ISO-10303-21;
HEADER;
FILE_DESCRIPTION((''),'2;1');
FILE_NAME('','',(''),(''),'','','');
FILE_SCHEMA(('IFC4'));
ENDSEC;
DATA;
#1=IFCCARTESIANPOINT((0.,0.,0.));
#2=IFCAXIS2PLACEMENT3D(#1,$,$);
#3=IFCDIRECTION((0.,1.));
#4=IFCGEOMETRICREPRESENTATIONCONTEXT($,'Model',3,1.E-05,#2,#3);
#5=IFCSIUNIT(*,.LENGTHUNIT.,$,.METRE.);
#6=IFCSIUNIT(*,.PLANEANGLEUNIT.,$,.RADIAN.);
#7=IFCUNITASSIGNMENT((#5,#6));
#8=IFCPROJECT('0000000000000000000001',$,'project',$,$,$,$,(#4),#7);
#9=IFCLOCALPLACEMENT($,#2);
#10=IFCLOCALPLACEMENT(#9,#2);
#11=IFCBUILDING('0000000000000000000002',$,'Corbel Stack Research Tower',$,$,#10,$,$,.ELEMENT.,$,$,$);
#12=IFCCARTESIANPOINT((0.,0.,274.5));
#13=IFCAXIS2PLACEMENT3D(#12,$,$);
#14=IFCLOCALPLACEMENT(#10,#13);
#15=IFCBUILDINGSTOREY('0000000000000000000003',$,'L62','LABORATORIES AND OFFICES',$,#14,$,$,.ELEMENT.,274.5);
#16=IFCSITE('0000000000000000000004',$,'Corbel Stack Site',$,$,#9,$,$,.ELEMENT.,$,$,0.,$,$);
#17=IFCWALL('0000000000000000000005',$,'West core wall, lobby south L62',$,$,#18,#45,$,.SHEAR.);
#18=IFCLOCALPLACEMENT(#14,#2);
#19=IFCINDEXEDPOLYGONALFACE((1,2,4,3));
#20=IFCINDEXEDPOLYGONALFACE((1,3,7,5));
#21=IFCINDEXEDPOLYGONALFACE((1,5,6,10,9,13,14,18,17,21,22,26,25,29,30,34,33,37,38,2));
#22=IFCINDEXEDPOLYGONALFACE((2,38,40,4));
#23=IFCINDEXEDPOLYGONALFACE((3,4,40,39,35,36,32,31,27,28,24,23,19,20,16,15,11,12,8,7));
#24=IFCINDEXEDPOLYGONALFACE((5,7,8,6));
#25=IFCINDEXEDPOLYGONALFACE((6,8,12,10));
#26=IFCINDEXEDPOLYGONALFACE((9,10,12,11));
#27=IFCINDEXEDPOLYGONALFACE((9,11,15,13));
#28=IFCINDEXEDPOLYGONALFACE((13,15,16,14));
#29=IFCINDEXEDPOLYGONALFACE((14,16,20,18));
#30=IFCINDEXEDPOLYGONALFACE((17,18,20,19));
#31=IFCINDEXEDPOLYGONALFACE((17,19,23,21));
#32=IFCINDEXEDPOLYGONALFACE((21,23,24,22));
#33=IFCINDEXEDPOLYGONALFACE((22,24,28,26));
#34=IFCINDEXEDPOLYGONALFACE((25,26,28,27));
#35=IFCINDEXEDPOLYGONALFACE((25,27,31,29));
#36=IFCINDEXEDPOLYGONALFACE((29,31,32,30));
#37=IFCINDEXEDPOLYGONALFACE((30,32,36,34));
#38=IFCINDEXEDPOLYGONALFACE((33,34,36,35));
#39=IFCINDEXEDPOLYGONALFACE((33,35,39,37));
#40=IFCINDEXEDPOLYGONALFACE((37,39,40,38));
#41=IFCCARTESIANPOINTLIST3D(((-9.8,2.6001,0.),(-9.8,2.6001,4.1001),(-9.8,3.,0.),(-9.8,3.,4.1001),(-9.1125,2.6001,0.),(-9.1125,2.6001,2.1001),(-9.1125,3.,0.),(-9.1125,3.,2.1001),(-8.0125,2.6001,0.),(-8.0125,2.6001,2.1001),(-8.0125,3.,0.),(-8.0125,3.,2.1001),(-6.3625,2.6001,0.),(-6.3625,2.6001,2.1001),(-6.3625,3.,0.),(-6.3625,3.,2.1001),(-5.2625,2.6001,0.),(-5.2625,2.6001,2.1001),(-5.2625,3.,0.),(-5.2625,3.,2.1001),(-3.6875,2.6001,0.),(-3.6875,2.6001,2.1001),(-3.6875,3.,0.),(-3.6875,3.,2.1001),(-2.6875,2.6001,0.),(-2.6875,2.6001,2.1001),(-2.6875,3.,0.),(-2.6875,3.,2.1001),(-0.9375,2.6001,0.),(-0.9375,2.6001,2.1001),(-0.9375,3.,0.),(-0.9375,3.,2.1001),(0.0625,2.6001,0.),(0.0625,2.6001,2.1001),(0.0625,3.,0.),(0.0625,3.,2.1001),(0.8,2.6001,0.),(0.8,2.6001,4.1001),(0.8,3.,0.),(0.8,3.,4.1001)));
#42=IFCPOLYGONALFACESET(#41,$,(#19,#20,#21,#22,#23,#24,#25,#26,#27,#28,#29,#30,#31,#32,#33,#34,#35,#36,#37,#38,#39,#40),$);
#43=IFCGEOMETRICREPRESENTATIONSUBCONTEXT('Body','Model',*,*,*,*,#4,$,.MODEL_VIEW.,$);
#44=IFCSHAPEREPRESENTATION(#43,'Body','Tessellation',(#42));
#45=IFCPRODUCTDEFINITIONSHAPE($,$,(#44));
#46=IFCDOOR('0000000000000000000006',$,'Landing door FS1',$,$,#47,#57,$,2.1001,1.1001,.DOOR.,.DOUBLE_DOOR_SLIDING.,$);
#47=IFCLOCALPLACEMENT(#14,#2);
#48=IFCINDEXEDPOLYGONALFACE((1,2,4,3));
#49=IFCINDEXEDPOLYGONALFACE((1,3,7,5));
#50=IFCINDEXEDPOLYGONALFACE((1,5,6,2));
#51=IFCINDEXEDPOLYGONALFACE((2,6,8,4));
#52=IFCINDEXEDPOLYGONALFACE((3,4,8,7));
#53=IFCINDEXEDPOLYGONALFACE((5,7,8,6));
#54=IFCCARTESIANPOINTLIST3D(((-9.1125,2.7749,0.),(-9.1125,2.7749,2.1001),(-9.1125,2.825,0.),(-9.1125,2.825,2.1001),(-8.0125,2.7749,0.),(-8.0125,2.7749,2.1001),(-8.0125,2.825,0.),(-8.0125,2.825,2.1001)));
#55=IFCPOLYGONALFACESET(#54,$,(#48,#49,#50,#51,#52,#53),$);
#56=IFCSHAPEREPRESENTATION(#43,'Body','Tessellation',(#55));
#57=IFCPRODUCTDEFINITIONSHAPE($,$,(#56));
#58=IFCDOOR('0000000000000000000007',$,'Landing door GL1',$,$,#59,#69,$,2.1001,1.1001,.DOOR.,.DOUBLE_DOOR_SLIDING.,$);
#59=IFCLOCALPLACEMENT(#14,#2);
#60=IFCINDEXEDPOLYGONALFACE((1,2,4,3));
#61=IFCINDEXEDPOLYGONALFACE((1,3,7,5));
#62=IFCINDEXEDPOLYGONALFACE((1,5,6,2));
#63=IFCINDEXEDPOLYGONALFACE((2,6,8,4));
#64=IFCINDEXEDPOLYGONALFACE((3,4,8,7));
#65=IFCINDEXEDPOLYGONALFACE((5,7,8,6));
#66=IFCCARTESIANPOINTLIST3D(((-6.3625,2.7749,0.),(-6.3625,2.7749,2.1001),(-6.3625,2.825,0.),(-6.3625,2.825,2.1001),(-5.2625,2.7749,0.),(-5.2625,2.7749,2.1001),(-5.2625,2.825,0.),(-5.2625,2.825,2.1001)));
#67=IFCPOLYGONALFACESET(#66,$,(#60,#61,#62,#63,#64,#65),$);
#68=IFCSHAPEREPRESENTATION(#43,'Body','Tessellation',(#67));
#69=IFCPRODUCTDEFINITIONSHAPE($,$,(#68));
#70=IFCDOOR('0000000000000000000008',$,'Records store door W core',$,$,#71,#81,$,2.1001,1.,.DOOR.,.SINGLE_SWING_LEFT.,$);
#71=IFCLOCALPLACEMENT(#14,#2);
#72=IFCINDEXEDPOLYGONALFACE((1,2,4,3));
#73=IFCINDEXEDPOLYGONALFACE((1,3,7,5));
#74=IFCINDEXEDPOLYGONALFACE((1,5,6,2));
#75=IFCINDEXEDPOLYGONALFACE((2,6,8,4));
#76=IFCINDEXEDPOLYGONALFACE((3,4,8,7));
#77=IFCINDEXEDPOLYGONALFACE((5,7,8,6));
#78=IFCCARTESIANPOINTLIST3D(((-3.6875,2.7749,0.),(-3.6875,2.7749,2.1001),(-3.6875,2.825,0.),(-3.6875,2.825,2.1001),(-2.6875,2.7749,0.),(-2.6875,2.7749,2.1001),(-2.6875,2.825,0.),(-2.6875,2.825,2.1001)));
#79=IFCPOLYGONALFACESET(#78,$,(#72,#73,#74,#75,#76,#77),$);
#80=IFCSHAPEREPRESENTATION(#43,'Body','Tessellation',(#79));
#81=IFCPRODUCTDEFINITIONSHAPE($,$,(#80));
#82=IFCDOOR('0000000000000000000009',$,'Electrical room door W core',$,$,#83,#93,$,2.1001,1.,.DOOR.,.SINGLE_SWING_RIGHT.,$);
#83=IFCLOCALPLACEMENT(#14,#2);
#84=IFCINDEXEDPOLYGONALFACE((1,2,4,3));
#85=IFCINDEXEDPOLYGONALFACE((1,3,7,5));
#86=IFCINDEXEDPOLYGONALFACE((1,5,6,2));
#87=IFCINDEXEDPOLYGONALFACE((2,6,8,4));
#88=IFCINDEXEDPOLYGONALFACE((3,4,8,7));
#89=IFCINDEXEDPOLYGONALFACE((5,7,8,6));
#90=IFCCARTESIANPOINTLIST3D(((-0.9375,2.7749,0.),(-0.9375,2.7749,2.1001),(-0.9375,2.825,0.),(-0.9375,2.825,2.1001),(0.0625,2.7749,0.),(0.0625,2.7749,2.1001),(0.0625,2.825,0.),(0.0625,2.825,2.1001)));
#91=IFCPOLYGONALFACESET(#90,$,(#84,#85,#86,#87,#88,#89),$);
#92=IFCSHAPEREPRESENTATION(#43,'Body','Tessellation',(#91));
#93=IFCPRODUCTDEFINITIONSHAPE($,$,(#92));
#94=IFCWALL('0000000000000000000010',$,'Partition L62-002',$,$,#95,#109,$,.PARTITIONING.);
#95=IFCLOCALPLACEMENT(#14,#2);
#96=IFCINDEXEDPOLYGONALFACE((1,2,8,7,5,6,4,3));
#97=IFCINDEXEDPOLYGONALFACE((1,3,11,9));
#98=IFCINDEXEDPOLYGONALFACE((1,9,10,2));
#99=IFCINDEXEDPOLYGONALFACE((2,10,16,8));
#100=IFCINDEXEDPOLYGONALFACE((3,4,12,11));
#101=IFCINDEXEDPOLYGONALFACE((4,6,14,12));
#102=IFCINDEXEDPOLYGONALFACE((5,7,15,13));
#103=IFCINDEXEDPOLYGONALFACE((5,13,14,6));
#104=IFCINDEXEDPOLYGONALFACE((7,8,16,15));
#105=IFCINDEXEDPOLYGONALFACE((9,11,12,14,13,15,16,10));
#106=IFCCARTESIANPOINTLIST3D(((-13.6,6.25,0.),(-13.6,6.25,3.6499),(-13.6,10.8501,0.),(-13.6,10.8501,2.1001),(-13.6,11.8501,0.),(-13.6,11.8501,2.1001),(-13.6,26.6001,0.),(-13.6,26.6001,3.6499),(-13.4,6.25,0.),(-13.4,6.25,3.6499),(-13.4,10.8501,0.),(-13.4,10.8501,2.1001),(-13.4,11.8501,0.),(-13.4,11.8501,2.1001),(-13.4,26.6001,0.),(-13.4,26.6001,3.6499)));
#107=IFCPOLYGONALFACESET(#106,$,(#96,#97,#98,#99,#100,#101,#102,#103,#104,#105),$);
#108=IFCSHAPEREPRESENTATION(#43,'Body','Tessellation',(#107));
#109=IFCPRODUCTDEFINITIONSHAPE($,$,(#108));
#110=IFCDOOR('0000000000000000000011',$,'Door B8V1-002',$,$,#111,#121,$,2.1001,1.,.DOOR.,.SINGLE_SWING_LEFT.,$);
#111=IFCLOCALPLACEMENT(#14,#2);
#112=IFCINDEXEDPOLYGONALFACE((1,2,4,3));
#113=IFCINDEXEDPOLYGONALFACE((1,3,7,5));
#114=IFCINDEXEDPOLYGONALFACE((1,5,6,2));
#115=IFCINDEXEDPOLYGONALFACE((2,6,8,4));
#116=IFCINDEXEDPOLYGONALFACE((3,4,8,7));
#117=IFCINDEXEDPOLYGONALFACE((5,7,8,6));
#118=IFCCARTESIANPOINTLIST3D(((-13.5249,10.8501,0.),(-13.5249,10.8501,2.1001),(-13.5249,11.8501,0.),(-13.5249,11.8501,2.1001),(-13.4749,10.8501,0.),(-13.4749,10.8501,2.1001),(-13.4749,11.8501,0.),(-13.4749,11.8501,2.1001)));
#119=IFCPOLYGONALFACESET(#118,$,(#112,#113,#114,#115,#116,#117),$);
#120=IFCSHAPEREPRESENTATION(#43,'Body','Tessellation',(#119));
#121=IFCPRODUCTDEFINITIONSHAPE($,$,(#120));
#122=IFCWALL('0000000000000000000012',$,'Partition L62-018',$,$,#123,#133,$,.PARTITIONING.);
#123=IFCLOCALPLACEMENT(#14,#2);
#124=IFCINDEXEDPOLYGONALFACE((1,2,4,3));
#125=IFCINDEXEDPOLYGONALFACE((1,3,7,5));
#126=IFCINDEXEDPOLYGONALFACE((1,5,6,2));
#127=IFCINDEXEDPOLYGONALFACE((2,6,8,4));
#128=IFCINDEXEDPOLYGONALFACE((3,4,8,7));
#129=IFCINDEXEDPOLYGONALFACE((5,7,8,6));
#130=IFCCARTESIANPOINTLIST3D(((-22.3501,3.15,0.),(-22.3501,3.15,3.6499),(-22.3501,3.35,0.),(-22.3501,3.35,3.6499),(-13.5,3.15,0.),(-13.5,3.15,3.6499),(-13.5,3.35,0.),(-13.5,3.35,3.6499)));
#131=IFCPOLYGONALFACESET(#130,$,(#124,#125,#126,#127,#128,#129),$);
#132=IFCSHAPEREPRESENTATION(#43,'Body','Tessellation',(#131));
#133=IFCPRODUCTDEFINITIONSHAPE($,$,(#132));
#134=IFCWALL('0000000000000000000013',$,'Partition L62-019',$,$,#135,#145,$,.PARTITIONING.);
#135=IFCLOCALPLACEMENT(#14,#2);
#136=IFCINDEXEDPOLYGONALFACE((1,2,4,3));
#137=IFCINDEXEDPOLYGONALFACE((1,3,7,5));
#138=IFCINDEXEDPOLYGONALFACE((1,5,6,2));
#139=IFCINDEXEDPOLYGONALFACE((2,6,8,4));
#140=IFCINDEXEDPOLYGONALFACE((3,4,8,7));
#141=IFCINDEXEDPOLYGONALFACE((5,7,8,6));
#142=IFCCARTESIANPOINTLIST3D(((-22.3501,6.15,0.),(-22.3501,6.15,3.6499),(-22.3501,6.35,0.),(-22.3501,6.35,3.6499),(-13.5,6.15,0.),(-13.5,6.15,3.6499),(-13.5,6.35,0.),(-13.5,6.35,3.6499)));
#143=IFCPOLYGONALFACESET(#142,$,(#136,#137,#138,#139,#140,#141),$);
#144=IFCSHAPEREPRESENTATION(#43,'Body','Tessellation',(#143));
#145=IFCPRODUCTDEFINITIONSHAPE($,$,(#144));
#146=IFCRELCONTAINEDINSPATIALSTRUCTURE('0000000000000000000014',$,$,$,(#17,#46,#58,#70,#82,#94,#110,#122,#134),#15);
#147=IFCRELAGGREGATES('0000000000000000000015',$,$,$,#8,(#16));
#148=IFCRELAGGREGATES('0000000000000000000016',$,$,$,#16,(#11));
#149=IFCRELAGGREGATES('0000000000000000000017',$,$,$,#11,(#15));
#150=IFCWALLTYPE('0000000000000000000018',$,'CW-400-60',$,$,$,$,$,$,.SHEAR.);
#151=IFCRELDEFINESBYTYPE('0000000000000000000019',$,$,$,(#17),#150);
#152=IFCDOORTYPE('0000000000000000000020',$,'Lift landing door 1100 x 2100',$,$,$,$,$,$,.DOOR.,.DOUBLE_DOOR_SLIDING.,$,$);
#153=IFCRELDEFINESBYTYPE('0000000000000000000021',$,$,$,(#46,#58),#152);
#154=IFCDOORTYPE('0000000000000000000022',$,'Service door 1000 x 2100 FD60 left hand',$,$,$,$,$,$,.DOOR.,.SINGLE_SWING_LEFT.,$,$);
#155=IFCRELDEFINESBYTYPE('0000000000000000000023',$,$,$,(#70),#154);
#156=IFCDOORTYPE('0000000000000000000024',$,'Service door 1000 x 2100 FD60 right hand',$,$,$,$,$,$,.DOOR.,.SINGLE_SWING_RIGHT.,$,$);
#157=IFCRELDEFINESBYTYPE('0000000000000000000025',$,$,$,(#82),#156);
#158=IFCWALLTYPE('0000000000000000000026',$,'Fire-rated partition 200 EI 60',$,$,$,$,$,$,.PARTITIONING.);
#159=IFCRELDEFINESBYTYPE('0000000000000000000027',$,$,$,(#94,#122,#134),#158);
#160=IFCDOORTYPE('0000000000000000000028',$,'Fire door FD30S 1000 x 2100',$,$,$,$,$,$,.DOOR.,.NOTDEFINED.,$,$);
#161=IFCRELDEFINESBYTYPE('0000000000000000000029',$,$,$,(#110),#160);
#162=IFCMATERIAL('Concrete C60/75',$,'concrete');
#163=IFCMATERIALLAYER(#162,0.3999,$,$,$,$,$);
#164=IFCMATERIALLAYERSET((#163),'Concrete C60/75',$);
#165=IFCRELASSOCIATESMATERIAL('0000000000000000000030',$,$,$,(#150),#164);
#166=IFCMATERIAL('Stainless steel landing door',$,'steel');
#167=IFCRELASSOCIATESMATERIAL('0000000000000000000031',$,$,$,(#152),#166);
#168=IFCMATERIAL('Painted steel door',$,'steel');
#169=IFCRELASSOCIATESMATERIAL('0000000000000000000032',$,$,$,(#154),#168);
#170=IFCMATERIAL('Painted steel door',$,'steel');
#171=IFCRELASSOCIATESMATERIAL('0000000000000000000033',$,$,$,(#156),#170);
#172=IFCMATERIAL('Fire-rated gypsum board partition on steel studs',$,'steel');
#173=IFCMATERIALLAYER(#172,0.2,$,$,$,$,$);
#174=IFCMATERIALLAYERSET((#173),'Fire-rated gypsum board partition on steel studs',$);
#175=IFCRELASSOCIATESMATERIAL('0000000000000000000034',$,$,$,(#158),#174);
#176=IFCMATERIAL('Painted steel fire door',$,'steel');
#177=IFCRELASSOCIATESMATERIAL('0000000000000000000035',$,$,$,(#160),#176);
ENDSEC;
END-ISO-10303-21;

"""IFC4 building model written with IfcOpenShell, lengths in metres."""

from ifc_helpers import new_model, si_unit, direction, frame, frame_2d, origin, place, context, subcontext, project, spatial, rectangle, extrude, material, layer, layer_set, type_object, element, fill, save


model = new_model("IFC4")

# Units and contexts
model_context = context("Model", 3, precision=1e-05, world=origin(), true_north=direction((0.0, 1.0)))
body_context = subcontext(model_context, "Body", "Model", "MODEL_VIEW")
ifc_project = project(units=[si_unit("LENGTHUNIT", "METRE"), si_unit("PLANEANGLEUNIT", "RADIAN")], contexts=[model_context])

# Site, building, storey
site_placement = place(None, origin())
site = spatial("IfcSite", under=ifc_project, at=site_placement, Name="Corbel Stack Site", CompositionType="ELEMENT", RefElevation=0.0)
building_placement = place(site_placement, origin())
building = spatial("IfcBuilding", under=site, at=building_placement, Name="Corbel Stack Research Tower", CompositionType="ELEMENT")
storey_placement = place(building_placement, frame((0.0, 0.0, 274.5)))
storey = spatial("IfcBuildingStorey", under=building, at=storey_placement, Name="L62", Description="LABORATORIES AND OFFICES", CompositionType="ELEMENT", Elevation=274.5)

# Wall, openings, doors
ifc_material_1 = material(Name="Concrete C60/75", Category="concrete")
ifc_layer_1 = layer(ifc_material_1, 0.3999)
ifc_layer_set_1 = layer_set([ifc_layer_1], Name="Concrete C60/75")
wall_type_1 = type_object("IfcWallType", Name="CW-400-60", PredefinedType="SHEAR", material=ifc_layer_set_1)
wall_1_placement = place(storey_placement, frame((-9.8, 2.8, 0.0), z_axis=(0.0, 0.0, 1.0), x_axis=(1.0, 0.0, 0.0)))
wall_1 = element("IfcWall", 1, at=wall_1_placement, inside=storey, type_object=wall_type_1, Name="West core wall, lobby south L62", PredefinedType="SHEAR", context=body_context, shape_type="SweptSolid", body=[
    extrude(rectangle(XDim=10.6001, YDim=0.3999, at=frame_2d((5.3, 0.0))), origin(), (0.0, 0.0, 1.0), 4.1001),
])
opening_1_placement = place(wall_1_placement, frame((0.6875, 0.0, 0.0)))
opening_1 = element("IfcOpeningElement", 2, at=opening_1_placement, cuts=wall_1, PredefinedType="OPENING", context=body_context, shape_type="SweptSolid", body=[
    extrude(rectangle(XDim=1.1001, YDim=2.1001, at=frame_2d((0.55, 1.05))), frame((0.0, 0.21, 0.0), z_axis=(0.0, -1.0, 0.0), x_axis=(1.0, 0.0, 0.0)), (0.0, 0.0, 1.0), 0.4199),
])
opening_2_placement = place(wall_1_placement, frame((3.4375, 0.0, 0.0)))
opening_2 = element("IfcOpeningElement", 3, at=opening_2_placement, cuts=wall_1, PredefinedType="OPENING", context=body_context, shape_type="SweptSolid", body=[
    extrude(rectangle(XDim=1.1001, YDim=2.1001, at=frame_2d((0.55, 1.05))), frame((0.0, 0.21, 0.0), z_axis=(0.0, -1.0, 0.0), x_axis=(1.0, 0.0, 0.0)), (0.0, 0.0, 1.0), 0.4199),
])
opening_3_placement = place(wall_1_placement, frame((6.1125, 0.0, 0.0)))
opening_3 = element("IfcOpeningElement", 4, at=opening_3_placement, cuts=wall_1, PredefinedType="OPENING", context=body_context, shape_type="SweptSolid", body=[
    extrude(rectangle(XDim=1.0, YDim=2.1001, at=frame_2d((0.5, 1.05))), frame((0.0, 0.21, 0.0), z_axis=(0.0, -1.0, 0.0), x_axis=(1.0, 0.0, 0.0)), (0.0, 0.0, 1.0), 0.4199),
])
opening_4_placement = place(wall_1_placement, frame((8.8625, 0.0, 0.0)))
opening_4 = element("IfcOpeningElement", 5, at=opening_4_placement, cuts=wall_1, PredefinedType="OPENING", context=body_context, shape_type="SweptSolid", body=[
    extrude(rectangle(XDim=1.0, YDim=2.1001, at=frame_2d((0.5, 1.05))), frame((0.0, 0.21, 0.0), z_axis=(0.0, -1.0, 0.0), x_axis=(1.0, 0.0, 0.0)), (0.0, 0.0, 1.0), 0.4199),
])
ifc_material_2 = material(Name="Stainless steel landing door", Category="steel")
door_type_1 = type_object("IfcDoorType", Name="Lift landing door 1100 x 2100", OperationType="DOUBLE_DOOR_SLIDING", PredefinedType="DOOR", material=ifc_material_2)
door_1_placement = place(opening_1_placement, origin())
door_1 = element("IfcDoor", 6, at=door_1_placement, inside=storey, type_object=door_type_1, Name="Landing door FS1", OperationType="DOUBLE_DOOR_SLIDING", OverallHeight=2.1001, OverallWidth=1.1001, PredefinedType="DOOR", context=body_context, shape_type="SweptSolid", body=[
    extrude(rectangle(XDim=1.1001, YDim=2.1001, at=frame_2d((0.55, 1.05))), frame((0.0, 0.0249, 0.0), z_axis=(0.0, -1.0, 0.0), x_axis=(1.0, 0.0, 0.0)), (0.0, 0.0, 1.0), 0.05),
])
fill(opening_1, door_1)
door_2_placement = place(opening_2_placement, origin())
door_2 = element("IfcDoor", 7, at=door_2_placement, inside=storey, type_object=door_type_1, Name="Landing door GL1", OperationType="DOUBLE_DOOR_SLIDING", OverallHeight=2.1001, OverallWidth=1.1001, PredefinedType="DOOR", context=body_context, shape_type="SweptSolid", body=[
    extrude(rectangle(XDim=1.1001, YDim=2.1001, at=frame_2d((0.55, 1.05))), frame((0.0, 0.0249, 0.0), z_axis=(0.0, -1.0, 0.0), x_axis=(1.0, 0.0, 0.0)), (0.0, 0.0, 1.0), 0.05),
])
fill(opening_2, door_2)
ifc_material_3 = material(Name="Painted steel door", Category="steel")
door_type_2 = type_object("IfcDoorType", Name="Service door 1000 x 2100 FD60 left hand", OperationType="SINGLE_SWING_LEFT", PredefinedType="DOOR", material=ifc_material_3)
door_3_placement = place(opening_3_placement, origin())
door_3 = element("IfcDoor", 8, at=door_3_placement, inside=storey, type_object=door_type_2, Name="Records store door W core", OperationType="SINGLE_SWING_LEFT", OverallHeight=2.1001, OverallWidth=1.0, PredefinedType="DOOR", context=body_context, shape_type="SweptSolid", body=[
    extrude(rectangle(XDim=1.0, YDim=2.1001, at=frame_2d((0.5, 1.05))), frame((0.0, 0.0249, 0.0), z_axis=(0.0, -1.0, 0.0), x_axis=(1.0, 0.0, 0.0)), (0.0, 0.0, 1.0), 0.05),
])
fill(opening_3, door_3)
ifc_material_4 = material(Name="Painted steel door", Category="steel")
door_type_3 = type_object("IfcDoorType", Name="Service door 1000 x 2100 FD60 right hand", OperationType="SINGLE_SWING_RIGHT", PredefinedType="DOOR", material=ifc_material_4)
door_4_placement = place(opening_4_placement, origin())
door_4 = element("IfcDoor", 9, at=door_4_placement, inside=storey, type_object=door_type_3, Name="Electrical room door W core", OperationType="SINGLE_SWING_RIGHT", OverallHeight=2.1001, OverallWidth=1.0, PredefinedType="DOOR", context=body_context, shape_type="SweptSolid", body=[
    extrude(rectangle(XDim=1.0, YDim=2.1001, at=frame_2d((0.5, 1.05))), frame((0.0, 0.0249, 0.0), z_axis=(0.0, -1.0, 0.0), x_axis=(1.0, 0.0, 0.0)), (0.0, 0.0, 1.0), 0.05),
])
fill(opening_4, door_4)

# Wall, opening, door
ifc_material_5 = material(Name="Fire-rated gypsum board partition on steel studs", Category="steel")
ifc_layer_2 = layer(ifc_material_5, 0.2)
ifc_layer_set_2 = layer_set([ifc_layer_2], Name="Fire-rated gypsum board partition on steel studs")
wall_type_2 = type_object("IfcWallType", Name="Fire-rated partition 200 EI 60", PredefinedType="PARTITIONING", material=ifc_layer_set_2)
wall_2_placement = place(storey_placement, frame((-13.5, 6.25, 0.0), z_axis=(0.0, 0.0, 1.0), x_axis=(0.0, 1.0, 0.0)))
wall_2 = element("IfcWall", 10, at=wall_2_placement, inside=storey, type_object=wall_type_2, Name="Partition L62-002", PredefinedType="PARTITIONING", context=body_context, shape_type="SweptSolid", body=[
    extrude(rectangle(XDim=20.3501, YDim=0.2, at=frame_2d((10.175, 0.0))), origin(), (0.0, 0.0, 1.0), 3.6499),
])
opening_5_placement = place(wall_2_placement, frame((4.6001, 0.0, 0.0)))
opening_5 = element("IfcOpeningElement", 11, at=opening_5_placement, cuts=wall_2, PredefinedType="OPENING", context=body_context, shape_type="SweptSolid", body=[
    extrude(rectangle(XDim=1.0, YDim=2.1001, at=frame_2d((0.5, 1.05))), frame((0.0, 0.1099, 0.0), z_axis=(0.0, -1.0, 0.0), x_axis=(1.0, 0.0, 0.0)), (0.0, 0.0, 1.0), 0.22),
])
ifc_material_6 = material(Name="Painted steel fire door", Category="steel")
door_type_4 = type_object("IfcDoorType", Name="Fire door FD30S 1000 x 2100", OperationType="NOTDEFINED", PredefinedType="DOOR", material=ifc_material_6)
door_5_placement = place(opening_5_placement, origin())
door_5 = element("IfcDoor", 12, at=door_5_placement, inside=storey, type_object=door_type_4, Name="Door B8V1-002", OperationType="SINGLE_SWING_LEFT", OverallHeight=2.1001, OverallWidth=1.0, PredefinedType="DOOR", context=body_context, shape_type="SweptSolid", body=[
    extrude(rectangle(XDim=1.0, YDim=2.1001, at=frame_2d((0.5, 1.05))), frame((0.0, 0.0249, 0.0), z_axis=(0.0, -1.0, 0.0), x_axis=(1.0, 0.0, 0.0)), (0.0, 0.0, 1.0), 0.05),
])
fill(opening_5, door_5)

# Walls
for number, where, z_axis, x_axis, name in (
    (13, (-22.3501, 3.25, 0.0), (0.0, 0.0, 1.0), (1.0, 0.0, 0.0), "Partition L62-018"),
    (14, (-22.3501, 6.25, 0.0), (0.0, 0.0, 1.0), (1.0, 0.0, 0.0), "Partition L62-019"),
):
    element("IfcWall", number, at=place(storey_placement, frame(where, z_axis=z_axis, x_axis=x_axis)), inside=storey, type_object=wall_type_2, Name=name, PredefinedType="PARTITIONING", context=body_context, shape_type="SweptSolid", body=[
        extrude(rectangle(XDim=8.8501, YDim=0.2, at=frame_2d((4.425, 0.0))), origin(), (0.0, 0.0, 1.0), 3.6499),
    ])

save(model, "model.ifc")
